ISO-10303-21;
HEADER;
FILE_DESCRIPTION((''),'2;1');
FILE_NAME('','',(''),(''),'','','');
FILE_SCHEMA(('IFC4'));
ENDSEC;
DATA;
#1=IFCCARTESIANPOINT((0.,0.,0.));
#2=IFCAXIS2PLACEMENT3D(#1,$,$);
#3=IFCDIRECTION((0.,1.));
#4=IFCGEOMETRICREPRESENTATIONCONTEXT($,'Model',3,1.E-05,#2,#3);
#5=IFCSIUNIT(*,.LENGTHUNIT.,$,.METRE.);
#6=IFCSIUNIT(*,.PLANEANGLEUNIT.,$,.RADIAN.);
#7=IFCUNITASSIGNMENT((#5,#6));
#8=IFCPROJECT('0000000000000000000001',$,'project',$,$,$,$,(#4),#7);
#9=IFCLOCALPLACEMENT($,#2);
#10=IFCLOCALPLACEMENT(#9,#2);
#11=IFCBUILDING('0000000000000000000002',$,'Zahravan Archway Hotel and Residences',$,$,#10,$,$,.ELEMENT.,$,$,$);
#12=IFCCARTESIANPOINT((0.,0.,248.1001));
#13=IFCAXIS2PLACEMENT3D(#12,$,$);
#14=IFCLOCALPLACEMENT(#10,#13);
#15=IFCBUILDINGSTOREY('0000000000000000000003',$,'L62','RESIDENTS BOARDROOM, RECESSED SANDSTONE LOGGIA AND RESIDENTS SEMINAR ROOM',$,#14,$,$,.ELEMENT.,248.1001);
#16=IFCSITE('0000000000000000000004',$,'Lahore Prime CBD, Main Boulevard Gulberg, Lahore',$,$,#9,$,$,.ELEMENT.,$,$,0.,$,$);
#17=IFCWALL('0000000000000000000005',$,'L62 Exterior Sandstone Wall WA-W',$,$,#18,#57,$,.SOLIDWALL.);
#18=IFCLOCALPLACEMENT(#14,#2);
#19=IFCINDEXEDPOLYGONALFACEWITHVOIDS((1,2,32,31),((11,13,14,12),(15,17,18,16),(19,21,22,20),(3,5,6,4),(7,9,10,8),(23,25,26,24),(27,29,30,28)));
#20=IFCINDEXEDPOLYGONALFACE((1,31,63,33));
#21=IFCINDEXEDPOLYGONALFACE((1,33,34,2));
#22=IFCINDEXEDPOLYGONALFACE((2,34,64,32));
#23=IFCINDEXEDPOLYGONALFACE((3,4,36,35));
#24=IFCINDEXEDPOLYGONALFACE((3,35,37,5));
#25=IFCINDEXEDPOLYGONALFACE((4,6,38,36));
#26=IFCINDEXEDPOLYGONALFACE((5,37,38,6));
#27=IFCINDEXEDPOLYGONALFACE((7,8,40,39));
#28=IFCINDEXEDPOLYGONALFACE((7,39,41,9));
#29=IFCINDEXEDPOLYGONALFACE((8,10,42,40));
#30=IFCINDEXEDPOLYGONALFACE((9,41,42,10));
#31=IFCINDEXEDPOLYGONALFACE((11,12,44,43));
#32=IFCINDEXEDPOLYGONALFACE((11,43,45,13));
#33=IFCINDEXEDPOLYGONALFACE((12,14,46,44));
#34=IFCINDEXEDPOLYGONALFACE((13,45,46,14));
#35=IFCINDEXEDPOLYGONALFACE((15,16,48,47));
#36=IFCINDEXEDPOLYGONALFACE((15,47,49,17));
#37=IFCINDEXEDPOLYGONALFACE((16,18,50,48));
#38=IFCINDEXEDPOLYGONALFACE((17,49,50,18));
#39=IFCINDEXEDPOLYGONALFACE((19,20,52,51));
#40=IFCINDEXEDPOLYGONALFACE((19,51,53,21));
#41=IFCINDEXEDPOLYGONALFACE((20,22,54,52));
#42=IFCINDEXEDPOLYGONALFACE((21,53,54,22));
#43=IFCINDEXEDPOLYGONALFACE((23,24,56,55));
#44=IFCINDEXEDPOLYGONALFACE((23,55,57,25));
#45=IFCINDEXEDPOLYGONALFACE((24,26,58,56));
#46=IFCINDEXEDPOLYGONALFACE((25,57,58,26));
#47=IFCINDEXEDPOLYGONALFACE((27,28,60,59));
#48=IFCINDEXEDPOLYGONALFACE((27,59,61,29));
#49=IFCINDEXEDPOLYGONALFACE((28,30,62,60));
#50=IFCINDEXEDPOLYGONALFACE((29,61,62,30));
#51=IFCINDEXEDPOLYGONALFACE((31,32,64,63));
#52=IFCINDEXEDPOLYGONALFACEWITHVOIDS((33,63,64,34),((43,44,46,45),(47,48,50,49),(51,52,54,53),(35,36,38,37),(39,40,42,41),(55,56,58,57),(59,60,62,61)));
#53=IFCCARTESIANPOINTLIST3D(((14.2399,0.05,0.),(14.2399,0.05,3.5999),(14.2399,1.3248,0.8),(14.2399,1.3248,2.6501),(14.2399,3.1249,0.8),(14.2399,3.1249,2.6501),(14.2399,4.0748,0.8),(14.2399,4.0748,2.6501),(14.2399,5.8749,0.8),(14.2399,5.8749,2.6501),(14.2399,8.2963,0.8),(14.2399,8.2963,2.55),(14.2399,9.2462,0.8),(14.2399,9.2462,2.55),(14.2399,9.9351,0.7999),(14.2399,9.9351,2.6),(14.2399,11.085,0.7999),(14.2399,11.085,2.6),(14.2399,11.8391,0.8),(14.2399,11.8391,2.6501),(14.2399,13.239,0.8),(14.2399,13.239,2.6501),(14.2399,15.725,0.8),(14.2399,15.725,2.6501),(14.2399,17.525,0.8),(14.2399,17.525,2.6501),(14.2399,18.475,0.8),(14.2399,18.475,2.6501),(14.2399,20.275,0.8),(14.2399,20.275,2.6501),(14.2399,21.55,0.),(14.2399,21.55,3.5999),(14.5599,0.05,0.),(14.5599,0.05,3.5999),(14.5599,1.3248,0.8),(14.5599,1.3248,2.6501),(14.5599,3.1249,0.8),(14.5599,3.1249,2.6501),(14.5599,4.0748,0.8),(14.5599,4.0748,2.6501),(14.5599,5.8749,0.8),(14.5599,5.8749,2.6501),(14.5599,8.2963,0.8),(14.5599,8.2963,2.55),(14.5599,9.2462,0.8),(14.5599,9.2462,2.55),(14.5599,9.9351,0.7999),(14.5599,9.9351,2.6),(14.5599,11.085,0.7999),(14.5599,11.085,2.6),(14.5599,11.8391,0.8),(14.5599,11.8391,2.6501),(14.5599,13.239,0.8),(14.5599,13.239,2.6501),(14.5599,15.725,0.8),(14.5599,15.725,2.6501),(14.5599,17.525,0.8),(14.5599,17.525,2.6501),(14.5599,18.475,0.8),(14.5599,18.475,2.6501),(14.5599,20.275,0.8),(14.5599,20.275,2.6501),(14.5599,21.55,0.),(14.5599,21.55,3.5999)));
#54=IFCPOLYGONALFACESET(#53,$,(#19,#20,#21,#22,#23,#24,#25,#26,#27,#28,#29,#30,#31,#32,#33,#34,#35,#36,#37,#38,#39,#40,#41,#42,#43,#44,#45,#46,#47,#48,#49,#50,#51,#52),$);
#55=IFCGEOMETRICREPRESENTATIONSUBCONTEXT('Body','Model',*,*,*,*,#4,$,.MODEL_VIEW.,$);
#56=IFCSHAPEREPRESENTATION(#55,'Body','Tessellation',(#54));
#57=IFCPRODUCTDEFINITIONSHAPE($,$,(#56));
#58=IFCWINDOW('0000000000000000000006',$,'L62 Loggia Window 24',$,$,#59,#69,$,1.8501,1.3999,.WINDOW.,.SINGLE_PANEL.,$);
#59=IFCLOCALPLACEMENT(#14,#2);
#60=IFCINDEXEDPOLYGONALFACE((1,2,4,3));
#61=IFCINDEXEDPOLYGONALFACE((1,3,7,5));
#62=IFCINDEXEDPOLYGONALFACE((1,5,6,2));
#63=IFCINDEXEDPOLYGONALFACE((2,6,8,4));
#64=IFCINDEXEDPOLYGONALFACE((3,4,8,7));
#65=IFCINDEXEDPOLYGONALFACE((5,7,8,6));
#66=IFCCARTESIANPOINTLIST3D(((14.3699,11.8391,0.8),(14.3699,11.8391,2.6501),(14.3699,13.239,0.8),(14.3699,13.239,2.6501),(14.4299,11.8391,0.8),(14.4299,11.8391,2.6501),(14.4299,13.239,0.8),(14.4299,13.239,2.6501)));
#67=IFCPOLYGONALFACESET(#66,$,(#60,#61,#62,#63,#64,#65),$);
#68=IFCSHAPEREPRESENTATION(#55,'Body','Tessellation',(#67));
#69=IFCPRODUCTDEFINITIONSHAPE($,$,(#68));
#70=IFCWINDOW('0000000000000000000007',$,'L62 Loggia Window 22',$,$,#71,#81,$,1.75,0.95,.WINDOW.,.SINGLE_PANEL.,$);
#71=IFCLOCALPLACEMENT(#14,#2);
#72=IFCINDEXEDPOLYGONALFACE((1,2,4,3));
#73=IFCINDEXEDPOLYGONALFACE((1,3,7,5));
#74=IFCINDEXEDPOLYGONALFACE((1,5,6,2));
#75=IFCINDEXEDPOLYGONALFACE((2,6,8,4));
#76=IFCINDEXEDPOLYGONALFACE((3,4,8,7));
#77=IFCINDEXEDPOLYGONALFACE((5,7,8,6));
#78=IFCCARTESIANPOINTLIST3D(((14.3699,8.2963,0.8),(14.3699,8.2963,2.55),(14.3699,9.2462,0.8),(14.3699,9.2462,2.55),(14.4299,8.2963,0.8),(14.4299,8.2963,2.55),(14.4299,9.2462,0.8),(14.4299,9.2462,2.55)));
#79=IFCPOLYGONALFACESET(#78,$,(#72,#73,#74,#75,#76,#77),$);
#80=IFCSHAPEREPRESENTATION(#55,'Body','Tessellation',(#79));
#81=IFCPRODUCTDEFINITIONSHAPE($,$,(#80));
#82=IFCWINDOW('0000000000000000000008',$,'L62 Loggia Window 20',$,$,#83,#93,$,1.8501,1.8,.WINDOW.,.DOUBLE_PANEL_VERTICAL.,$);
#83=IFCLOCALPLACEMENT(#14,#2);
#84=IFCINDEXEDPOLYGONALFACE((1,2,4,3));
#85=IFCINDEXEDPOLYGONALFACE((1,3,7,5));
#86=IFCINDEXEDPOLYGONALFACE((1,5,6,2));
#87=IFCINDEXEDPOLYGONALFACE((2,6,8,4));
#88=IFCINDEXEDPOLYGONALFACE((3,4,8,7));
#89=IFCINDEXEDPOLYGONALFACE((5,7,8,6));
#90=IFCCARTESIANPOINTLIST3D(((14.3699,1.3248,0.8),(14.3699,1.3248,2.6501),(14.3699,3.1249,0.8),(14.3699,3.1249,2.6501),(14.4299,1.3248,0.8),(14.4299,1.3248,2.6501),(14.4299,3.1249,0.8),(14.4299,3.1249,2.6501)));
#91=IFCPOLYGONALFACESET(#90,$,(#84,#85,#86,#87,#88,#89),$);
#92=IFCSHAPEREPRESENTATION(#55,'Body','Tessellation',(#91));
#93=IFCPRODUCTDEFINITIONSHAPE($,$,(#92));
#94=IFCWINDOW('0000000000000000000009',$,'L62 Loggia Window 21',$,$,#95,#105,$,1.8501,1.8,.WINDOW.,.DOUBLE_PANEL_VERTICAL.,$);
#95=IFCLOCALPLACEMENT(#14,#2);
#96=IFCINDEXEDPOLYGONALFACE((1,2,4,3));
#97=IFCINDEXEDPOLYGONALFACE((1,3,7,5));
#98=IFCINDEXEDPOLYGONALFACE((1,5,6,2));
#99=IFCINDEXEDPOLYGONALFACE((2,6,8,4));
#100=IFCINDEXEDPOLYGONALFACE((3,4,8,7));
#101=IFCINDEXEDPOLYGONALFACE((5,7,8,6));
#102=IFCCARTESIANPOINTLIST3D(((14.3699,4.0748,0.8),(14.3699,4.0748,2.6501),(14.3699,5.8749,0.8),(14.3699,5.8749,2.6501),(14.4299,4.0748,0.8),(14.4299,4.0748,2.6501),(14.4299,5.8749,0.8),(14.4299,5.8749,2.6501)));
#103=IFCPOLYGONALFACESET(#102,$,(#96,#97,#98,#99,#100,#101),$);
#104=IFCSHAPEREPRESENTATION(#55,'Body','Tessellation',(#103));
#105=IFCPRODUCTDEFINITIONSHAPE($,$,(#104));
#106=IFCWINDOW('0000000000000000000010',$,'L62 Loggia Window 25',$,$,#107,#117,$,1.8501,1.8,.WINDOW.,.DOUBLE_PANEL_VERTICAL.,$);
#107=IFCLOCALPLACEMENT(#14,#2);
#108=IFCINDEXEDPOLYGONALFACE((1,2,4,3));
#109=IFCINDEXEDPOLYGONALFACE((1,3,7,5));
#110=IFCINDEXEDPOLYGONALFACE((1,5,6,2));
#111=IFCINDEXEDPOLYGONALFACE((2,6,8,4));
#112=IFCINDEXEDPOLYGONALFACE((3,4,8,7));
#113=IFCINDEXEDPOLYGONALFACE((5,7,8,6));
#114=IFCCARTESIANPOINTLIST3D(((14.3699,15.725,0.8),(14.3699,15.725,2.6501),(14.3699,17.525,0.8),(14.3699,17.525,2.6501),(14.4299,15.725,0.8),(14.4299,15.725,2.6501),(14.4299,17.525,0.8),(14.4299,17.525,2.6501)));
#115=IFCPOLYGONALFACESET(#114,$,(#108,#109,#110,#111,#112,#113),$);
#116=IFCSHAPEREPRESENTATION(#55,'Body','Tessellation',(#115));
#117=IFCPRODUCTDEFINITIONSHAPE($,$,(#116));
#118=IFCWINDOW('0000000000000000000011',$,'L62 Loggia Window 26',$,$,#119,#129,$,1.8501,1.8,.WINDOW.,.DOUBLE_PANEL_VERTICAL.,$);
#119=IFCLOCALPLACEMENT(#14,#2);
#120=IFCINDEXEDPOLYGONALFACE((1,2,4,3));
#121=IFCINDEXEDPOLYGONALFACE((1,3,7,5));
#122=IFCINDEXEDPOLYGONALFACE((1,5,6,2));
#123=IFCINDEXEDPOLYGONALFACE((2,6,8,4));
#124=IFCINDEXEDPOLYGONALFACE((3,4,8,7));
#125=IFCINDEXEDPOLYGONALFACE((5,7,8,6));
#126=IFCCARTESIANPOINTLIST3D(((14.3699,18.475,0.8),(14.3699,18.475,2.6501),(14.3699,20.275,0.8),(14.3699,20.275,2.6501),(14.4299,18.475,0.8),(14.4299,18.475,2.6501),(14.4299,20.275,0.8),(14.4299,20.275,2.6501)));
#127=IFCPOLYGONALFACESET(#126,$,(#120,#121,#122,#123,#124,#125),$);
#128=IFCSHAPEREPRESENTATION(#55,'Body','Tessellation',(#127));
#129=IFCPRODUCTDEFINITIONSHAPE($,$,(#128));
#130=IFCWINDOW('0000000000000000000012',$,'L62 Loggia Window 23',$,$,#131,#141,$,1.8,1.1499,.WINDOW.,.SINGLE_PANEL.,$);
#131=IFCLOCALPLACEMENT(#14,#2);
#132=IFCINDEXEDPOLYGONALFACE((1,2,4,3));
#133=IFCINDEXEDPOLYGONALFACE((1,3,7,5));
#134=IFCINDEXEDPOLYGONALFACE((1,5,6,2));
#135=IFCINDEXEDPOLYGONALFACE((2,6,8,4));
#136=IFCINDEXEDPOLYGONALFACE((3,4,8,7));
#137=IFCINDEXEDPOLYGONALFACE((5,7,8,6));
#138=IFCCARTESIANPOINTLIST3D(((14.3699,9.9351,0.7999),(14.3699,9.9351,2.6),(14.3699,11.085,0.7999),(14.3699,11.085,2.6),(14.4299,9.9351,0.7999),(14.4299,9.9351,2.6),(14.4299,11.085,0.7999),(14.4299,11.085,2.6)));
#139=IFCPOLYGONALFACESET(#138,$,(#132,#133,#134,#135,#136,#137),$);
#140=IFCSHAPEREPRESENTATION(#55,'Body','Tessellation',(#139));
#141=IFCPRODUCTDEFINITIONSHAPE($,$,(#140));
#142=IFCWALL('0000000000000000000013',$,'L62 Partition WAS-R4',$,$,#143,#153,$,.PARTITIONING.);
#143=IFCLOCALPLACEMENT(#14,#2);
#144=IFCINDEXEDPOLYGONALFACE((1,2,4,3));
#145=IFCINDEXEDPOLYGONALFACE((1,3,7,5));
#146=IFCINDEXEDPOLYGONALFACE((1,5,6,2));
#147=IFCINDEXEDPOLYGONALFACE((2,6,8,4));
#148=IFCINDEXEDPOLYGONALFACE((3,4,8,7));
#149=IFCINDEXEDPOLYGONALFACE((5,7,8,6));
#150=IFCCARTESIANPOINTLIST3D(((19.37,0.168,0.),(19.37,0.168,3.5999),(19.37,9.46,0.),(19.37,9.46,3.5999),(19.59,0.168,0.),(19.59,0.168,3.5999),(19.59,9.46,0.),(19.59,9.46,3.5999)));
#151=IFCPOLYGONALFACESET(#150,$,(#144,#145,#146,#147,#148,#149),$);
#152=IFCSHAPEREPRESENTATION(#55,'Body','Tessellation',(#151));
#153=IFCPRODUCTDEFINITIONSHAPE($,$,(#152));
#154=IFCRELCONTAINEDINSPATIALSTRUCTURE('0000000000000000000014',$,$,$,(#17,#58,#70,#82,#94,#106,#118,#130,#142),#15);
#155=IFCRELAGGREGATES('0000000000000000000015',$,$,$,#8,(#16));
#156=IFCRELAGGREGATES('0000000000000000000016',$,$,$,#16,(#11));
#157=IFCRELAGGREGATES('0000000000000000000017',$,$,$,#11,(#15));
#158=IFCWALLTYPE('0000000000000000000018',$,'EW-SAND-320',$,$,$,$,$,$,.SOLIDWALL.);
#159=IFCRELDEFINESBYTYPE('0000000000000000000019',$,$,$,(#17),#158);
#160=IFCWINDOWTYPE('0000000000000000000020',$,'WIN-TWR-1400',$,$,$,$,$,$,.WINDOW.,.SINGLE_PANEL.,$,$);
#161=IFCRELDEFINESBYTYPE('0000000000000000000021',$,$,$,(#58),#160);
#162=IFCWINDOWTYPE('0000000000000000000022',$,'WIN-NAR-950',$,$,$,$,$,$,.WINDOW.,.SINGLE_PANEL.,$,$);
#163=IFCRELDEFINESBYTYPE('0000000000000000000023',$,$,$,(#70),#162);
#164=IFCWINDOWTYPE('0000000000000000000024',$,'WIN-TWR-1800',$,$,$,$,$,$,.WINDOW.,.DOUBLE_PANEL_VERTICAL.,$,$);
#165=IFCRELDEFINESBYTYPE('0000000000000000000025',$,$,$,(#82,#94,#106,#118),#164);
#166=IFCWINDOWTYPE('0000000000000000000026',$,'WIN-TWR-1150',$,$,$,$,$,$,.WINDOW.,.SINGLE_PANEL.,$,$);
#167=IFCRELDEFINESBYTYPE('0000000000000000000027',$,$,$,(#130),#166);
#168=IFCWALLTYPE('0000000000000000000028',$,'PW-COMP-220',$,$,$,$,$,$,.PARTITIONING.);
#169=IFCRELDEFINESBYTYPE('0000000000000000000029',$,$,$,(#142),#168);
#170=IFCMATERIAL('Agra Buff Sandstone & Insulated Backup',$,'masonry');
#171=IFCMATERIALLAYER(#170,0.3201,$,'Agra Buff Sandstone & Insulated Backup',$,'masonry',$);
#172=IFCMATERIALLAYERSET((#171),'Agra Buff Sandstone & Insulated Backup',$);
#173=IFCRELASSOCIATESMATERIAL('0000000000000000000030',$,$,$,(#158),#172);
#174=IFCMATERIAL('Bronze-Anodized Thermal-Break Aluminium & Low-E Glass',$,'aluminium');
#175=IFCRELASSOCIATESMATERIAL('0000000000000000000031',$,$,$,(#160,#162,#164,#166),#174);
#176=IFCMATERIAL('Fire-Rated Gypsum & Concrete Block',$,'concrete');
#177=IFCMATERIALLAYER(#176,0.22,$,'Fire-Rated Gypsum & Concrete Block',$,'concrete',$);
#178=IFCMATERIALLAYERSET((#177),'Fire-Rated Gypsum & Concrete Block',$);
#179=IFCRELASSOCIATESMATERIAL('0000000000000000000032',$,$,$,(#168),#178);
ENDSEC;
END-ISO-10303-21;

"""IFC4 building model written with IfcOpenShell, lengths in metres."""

from ifc_helpers import new_model, si_unit, direction, frame, frame_2d, origin, place, context, subcontext, project, spatial, rectangle, extrude, source, transform, mapped, material, layer, layer_set, type_object, type_shapes, element, fill, save


model = new_model("IFC4")

# Units and contexts
model_context = context("Model", 3, precision=1e-05, world=origin(), true_north=direction((0.0, 1.0)))
body_context = subcontext(model_context, "Body", "Model", "MODEL_VIEW")
ifc_project = project(units=[si_unit("LENGTHUNIT", "METRE"), si_unit("PLANEANGLEUNIT", "RADIAN")], contexts=[model_context])

# Site, building, storey
site_placement = place(None, origin())
site = spatial("IfcSite", under=ifc_project, at=site_placement, Name="Lahore Prime CBD, Main Boulevard Gulberg, Lahore", CompositionType="ELEMENT", RefElevation=0.0)
building_placement = place(site_placement, origin())
building = spatial("IfcBuilding", under=site, at=building_placement, Name="Zahravan Archway Hotel and Residences", CompositionType="ELEMENT")
storey_placement = place(building_placement, frame((0.0, 0.0, 248.1001)))
storey = spatial("IfcBuildingStorey", under=building, at=storey_placement, Name="L62", Description="RESIDENTS BOARDROOM, RECESSED SANDSTONE LOGGIA AND RESIDENTS SEMINAR ROOM", CompositionType="ELEMENT", Elevation=248.1001)

# Wall, openings, windows
ifc_material_1 = material(Name="Agra Buff Sandstone & Insulated Backup", Category="masonry")
ifc_layer_1 = layer(ifc_material_1, 0.3201, Name="Agra Buff Sandstone & Insulated Backup", Category="masonry")
ifc_layer_set_1 = layer_set([ifc_layer_1], Name="Agra Buff Sandstone & Insulated Backup")
wall_type_1 = type_object("IfcWallType", Name="EW-SAND-320", PredefinedType="SOLIDWALL", material=ifc_layer_set_1)
wall_1_placement = place(storey_placement, frame((14.3999, 0.05, 0.0), z_axis=(0.0, 0.0, 1.0), x_axis=(0.0, 1.0, 0.0)))
wall_1 = element("IfcWall", 1, at=wall_1_placement, inside=storey, type_object=wall_type_1, Name="L62 Exterior Sandstone Wall WA-W", PredefinedType="SOLIDWALL", context=body_context, shape_type="SweptSolid", body=[
    extrude(rectangle(XDim=21.5, YDim=0.3201, at=frame_2d((10.75, 0.0))), origin(), (0.0, 0.0, 1.0), 3.5999),
])
opening_1_placement = place(wall_1_placement, frame((1.2749, 0.0, 0.8)))
opening_1 = element("IfcOpeningElement", 2, at=opening_1_placement, cuts=wall_1, PredefinedType="OPENING", context=body_context, shape_type="SweptSolid", body=[
    extrude(rectangle(XDim=1.8, YDim=1.8501, at=frame_2d((0.8999, 0.925))), frame((0.0, 0.1699, 0.0), z_axis=(0.0, -1.0, 0.0), x_axis=(1.0, 0.0, 0.0)), (0.0, 0.0, 1.0), 0.3401),
])
opening_2_placement = place(wall_1_placement, frame((4.0249, 0.0, 0.8)))
opening_2 = element("IfcOpeningElement", 3, at=opening_2_placement, cuts=wall_1, PredefinedType="OPENING", context=body_context, shape_type="SweptSolid", body=[
    extrude(rectangle(XDim=1.8, YDim=1.8501, at=frame_2d((0.8999, 0.925))), frame((0.0, 0.1699, 0.0), z_axis=(0.0, -1.0, 0.0), x_axis=(1.0, 0.0, 0.0)), (0.0, 0.0, 1.0), 0.3401),
])
opening_3_placement = place(wall_1_placement, frame((8.2461, 0.0, 0.8)))
opening_3 = element("IfcOpeningElement", 4, at=opening_3_placement, cuts=wall_1, PredefinedType="OPENING", context=body_context, shape_type="SweptSolid", body=[
    extrude(rectangle(XDim=0.95, YDim=1.75, at=frame_2d((0.4751, 0.875))), frame((0.0, 0.1699, 0.0), z_axis=(0.0, -1.0, 0.0), x_axis=(1.0, 0.0, 0.0)), (0.0, 0.0, 1.0), 0.3401),
])
opening_4_placement = place(wall_1_placement, frame((9.885, 0.0, 0.8)))
opening_4 = element("IfcOpeningElement", 5, at=opening_4_placement, cuts=wall_1, PredefinedType="OPENING", context=body_context, shape_type="SweptSolid", body=[
    extrude(rectangle(XDim=1.1499, YDim=1.8, at=frame_2d((0.575, 0.8999))), frame((0.0, 0.1699, 0.0), z_axis=(0.0, -1.0, 0.0), x_axis=(1.0, 0.0, 0.0)), (0.0, 0.0, 1.0), 0.3401),
])
opening_5_placement = place(wall_1_placement, frame((11.7891, 0.0, 0.8)))
opening_5 = element("IfcOpeningElement", 6, at=opening_5_placement, cuts=wall_1, PredefinedType="OPENING", context=body_context, shape_type="SweptSolid", body=[
    extrude(rectangle(XDim=1.3999, YDim=1.8501, at=frame_2d((0.7, 0.925))), frame((0.0, 0.1699, 0.0), z_axis=(0.0, -1.0, 0.0), x_axis=(1.0, 0.0, 0.0)), (0.0, 0.0, 1.0), 0.3401),
])
opening_6_placement = place(wall_1_placement, frame((15.675, 0.0, 0.8)))
opening_6 = element("IfcOpeningElement", 7, at=opening_6_placement, cuts=wall_1, PredefinedType="OPENING", context=body_context, shape_type="SweptSolid", body=[
    extrude(rectangle(XDim=1.8, YDim=1.8501, at=frame_2d((0.8999, 0.925))), frame((0.0, 0.1699, 0.0), z_axis=(0.0, -1.0, 0.0), x_axis=(1.0, 0.0, 0.0)), (0.0, 0.0, 1.0), 0.3401),
])
opening_7_placement = place(wall_1_placement, frame((18.425, 0.0, 0.8)))
opening_7 = element("IfcOpeningElement", 8, at=opening_7_placement, cuts=wall_1, PredefinedType="OPENING", context=body_context, shape_type="SweptSolid", body=[
    extrude(rectangle(XDim=1.8, YDim=1.8501, at=frame_2d((0.8999, 0.925))), frame((0.0, 0.1699, 0.0), z_axis=(0.0, -1.0, 0.0), x_axis=(1.0, 0.0, 0.0)), (0.0, 0.0, 1.0), 0.3401),
])
ifc_material_2 = material(Name="Bronze-Anodized Thermal-Break Aluminium & Low-E Glass", Category="aluminium")
window_type_1 = type_object("IfcWindowType", Name="WIN-TWR-1400", PartitioningType="SINGLE_PANEL", PredefinedType="WINDOW", material=ifc_material_2)
shared_shape_1 = source(origin(), body_context, "Body", "SweptSolid", [
    extrude(rectangle(XDim=1.3999, YDim=1.8501, at=frame_2d((0.7, 0.925))), frame((0.0, 0.03, 0.0), z_axis=(0.0, -1.0, 0.0), x_axis=(1.0, 0.0, 0.0)), (0.0, 0.0, 1.0), 0.0601),
])
type_shapes(window_type_1, [shared_shape_1])
window_1_placement = place(opening_5_placement, origin())
window_1 = element("IfcWindow", 9, at=window_1_placement, inside=storey, type_object=window_type_1, Name="L62 Loggia Window 24", OverallHeight=1.8501, OverallWidth=1.3999, PartitioningType="SINGLE_PANEL", PredefinedType="WINDOW", context=body_context, shape_type="MappedRepresentation", body=[
    mapped(shared_shape_1, transform((0.0, 0.0, 0.0), scale=1.0)),
])
fill(opening_5, window_1)
window_type_2 = type_object("IfcWindowType", Name="WIN-NAR-950", PartitioningType="SINGLE_PANEL", PredefinedType="WINDOW", material=ifc_material_2)
shared_shape_2 = source(origin(), body_context, "Body", "SweptSolid", [
    extrude(rectangle(XDim=0.95, YDim=1.75, at=frame_2d((0.4751, 0.875))), frame((0.0, 0.03, 0.0), z_axis=(0.0, -1.0, 0.0), x_axis=(1.0, 0.0, 0.0)), (0.0, 0.0, 1.0), 0.0601),
])
type_shapes(window_type_2, [shared_shape_2])
window_2_placement = place(opening_3_placement, origin())
window_2 = element("IfcWindow", 10, at=window_2_placement, inside=storey, type_object=window_type_2, Name="L62 Loggia Window 22", OverallHeight=1.75, OverallWidth=0.95, PartitioningType="SINGLE_PANEL", PredefinedType="WINDOW", context=body_context, shape_type="MappedRepresentation", body=[
    mapped(shared_shape_2, transform((0.0, 0.0, 0.0), scale=1.0)),
])
fill(opening_3, window_2)
window_type_3 = type_object("IfcWindowType", Name="WIN-TWR-1800", PartitioningType="DOUBLE_PANEL_VERTICAL", PredefinedType="WINDOW", material=ifc_material_2)
shared_shape_3 = source(origin(), body_context, "Body", "SweptSolid", [
    extrude(rectangle(XDim=1.8, YDim=1.8501, at=frame_2d((0.8999, 0.925))), frame((0.0, 0.03, 0.0), z_axis=(0.0, -1.0, 0.0), x_axis=(1.0, 0.0, 0.0)), (0.0, 0.0, 1.0), 0.0601),
])
type_shapes(window_type_3, [shared_shape_3])
window_3_placement = place(opening_1_placement, origin())
window_3 = element("IfcWindow", 11, at=window_3_placement, inside=storey, type_object=window_type_3, Name="L62 Loggia Window 20", OverallHeight=1.8501, OverallWidth=1.8, PartitioningType="DOUBLE_PANEL_VERTICAL", PredefinedType="WINDOW", context=body_context, shape_type="MappedRepresentation", body=[
    mapped(shared_shape_3, transform((0.0, 0.0, 0.0), scale=1.0)),
])
fill(opening_1, window_3)
window_4_placement = place(opening_2_placement, origin())
window_4 = element("IfcWindow", 12, at=window_4_placement, inside=storey, type_object=window_type_3, Name="L62 Loggia Window 21", OverallHeight=1.8501, OverallWidth=1.8, PartitioningType="DOUBLE_PANEL_VERTICAL", PredefinedType="WINDOW", context=body_context, shape_type="MappedRepresentation", body=[
    mapped(shared_shape_3, transform((0.0, 0.0, 0.0), scale=1.0)),
])
fill(opening_2, window_4)
window_5_placement = place(opening_6_placement, origin())
window_5 = element("IfcWindow", 13, at=window_5_placement, inside=storey, type_object=window_type_3, Name="L62 Loggia Window 25", OverallHeight=1.8501, OverallWidth=1.8, PartitioningType="DOUBLE_PANEL_VERTICAL", PredefinedType="WINDOW", context=body_context, shape_type="MappedRepresentation", body=[
    mapped(shared_shape_3, transform((0.0, 0.0, 0.0), scale=1.0)),
])
fill(opening_6, window_5)
window_6_placement = place(opening_7_placement, origin())
window_6 = element("IfcWindow", 14, at=window_6_placement, inside=storey, type_object=window_type_3, Name="L62 Loggia Window 26", OverallHeight=1.8501, OverallWidth=1.8, PartitioningType="DOUBLE_PANEL_VERTICAL", PredefinedType="WINDOW", context=body_context, shape_type="MappedRepresentation", body=[
    mapped(shared_shape_3, transform((0.0, 0.0, 0.0), scale=1.0)),
])
fill(opening_7, window_6)
window_type_4 = type_object("IfcWindowType", Name="WIN-TWR-1150", PartitioningType="SINGLE_PANEL", PredefinedType="WINDOW", material=ifc_material_2)
shared_shape_4 = source(origin(), body_context, "Body", "SweptSolid", [
    extrude(rectangle(XDim=1.1499, YDim=1.8, at=frame_2d((0.575, 0.8999))), frame((0.0, 0.03, 0.0), z_axis=(0.0, -1.0, 0.0), x_axis=(1.0, 0.0, 0.0)), (0.0, 0.0, 1.0), 0.0601),
])
type_shapes(window_type_4, [shared_shape_4])
window_7_placement = place(opening_4_placement, origin())
window_7 = element("IfcWindow", 15, at=window_7_placement, inside=storey, type_object=window_type_4, Name="L62 Loggia Window 23", OverallHeight=1.8, OverallWidth=1.1499, PartitioningType="SINGLE_PANEL", PredefinedType="WINDOW", context=body_context, shape_type="MappedRepresentation", body=[
    mapped(shared_shape_4, transform((0.0, 0.0, 0.0), scale=1.0)),
])
fill(opening_4, window_7)

# Wall
ifc_material_3 = material(Name="Fire-Rated Gypsum & Concrete Block", Category="concrete")
ifc_layer_2 = layer(ifc_material_3, 0.22, Name="Fire-Rated Gypsum & Concrete Block", Category="concrete")
ifc_layer_set_2 = layer_set([ifc_layer_2], Name="Fire-Rated Gypsum & Concrete Block")
wall_type_2 = type_object("IfcWallType", Name="PW-COMP-220", PredefinedType="PARTITIONING", material=ifc_layer_set_2)
wall_2_placement = place(storey_placement, frame((19.48, 0.168, 0.0), z_axis=(0.0, 0.0, 1.0), x_axis=(0.0, 1.0, 0.0)))
element("IfcWall", 16, at=wall_2_placement, inside=storey, type_object=wall_type_2, Name="L62 Partition WAS-R4", PredefinedType="PARTITIONING", context=body_context, shape_type="SweptSolid", body=[
    extrude(rectangle(XDim=9.292, YDim=0.22, at=frame_2d((4.646, 0.0))), origin(), (0.0, 0.0, 1.0), 3.5999),
])

save(model, "model.ifc")
